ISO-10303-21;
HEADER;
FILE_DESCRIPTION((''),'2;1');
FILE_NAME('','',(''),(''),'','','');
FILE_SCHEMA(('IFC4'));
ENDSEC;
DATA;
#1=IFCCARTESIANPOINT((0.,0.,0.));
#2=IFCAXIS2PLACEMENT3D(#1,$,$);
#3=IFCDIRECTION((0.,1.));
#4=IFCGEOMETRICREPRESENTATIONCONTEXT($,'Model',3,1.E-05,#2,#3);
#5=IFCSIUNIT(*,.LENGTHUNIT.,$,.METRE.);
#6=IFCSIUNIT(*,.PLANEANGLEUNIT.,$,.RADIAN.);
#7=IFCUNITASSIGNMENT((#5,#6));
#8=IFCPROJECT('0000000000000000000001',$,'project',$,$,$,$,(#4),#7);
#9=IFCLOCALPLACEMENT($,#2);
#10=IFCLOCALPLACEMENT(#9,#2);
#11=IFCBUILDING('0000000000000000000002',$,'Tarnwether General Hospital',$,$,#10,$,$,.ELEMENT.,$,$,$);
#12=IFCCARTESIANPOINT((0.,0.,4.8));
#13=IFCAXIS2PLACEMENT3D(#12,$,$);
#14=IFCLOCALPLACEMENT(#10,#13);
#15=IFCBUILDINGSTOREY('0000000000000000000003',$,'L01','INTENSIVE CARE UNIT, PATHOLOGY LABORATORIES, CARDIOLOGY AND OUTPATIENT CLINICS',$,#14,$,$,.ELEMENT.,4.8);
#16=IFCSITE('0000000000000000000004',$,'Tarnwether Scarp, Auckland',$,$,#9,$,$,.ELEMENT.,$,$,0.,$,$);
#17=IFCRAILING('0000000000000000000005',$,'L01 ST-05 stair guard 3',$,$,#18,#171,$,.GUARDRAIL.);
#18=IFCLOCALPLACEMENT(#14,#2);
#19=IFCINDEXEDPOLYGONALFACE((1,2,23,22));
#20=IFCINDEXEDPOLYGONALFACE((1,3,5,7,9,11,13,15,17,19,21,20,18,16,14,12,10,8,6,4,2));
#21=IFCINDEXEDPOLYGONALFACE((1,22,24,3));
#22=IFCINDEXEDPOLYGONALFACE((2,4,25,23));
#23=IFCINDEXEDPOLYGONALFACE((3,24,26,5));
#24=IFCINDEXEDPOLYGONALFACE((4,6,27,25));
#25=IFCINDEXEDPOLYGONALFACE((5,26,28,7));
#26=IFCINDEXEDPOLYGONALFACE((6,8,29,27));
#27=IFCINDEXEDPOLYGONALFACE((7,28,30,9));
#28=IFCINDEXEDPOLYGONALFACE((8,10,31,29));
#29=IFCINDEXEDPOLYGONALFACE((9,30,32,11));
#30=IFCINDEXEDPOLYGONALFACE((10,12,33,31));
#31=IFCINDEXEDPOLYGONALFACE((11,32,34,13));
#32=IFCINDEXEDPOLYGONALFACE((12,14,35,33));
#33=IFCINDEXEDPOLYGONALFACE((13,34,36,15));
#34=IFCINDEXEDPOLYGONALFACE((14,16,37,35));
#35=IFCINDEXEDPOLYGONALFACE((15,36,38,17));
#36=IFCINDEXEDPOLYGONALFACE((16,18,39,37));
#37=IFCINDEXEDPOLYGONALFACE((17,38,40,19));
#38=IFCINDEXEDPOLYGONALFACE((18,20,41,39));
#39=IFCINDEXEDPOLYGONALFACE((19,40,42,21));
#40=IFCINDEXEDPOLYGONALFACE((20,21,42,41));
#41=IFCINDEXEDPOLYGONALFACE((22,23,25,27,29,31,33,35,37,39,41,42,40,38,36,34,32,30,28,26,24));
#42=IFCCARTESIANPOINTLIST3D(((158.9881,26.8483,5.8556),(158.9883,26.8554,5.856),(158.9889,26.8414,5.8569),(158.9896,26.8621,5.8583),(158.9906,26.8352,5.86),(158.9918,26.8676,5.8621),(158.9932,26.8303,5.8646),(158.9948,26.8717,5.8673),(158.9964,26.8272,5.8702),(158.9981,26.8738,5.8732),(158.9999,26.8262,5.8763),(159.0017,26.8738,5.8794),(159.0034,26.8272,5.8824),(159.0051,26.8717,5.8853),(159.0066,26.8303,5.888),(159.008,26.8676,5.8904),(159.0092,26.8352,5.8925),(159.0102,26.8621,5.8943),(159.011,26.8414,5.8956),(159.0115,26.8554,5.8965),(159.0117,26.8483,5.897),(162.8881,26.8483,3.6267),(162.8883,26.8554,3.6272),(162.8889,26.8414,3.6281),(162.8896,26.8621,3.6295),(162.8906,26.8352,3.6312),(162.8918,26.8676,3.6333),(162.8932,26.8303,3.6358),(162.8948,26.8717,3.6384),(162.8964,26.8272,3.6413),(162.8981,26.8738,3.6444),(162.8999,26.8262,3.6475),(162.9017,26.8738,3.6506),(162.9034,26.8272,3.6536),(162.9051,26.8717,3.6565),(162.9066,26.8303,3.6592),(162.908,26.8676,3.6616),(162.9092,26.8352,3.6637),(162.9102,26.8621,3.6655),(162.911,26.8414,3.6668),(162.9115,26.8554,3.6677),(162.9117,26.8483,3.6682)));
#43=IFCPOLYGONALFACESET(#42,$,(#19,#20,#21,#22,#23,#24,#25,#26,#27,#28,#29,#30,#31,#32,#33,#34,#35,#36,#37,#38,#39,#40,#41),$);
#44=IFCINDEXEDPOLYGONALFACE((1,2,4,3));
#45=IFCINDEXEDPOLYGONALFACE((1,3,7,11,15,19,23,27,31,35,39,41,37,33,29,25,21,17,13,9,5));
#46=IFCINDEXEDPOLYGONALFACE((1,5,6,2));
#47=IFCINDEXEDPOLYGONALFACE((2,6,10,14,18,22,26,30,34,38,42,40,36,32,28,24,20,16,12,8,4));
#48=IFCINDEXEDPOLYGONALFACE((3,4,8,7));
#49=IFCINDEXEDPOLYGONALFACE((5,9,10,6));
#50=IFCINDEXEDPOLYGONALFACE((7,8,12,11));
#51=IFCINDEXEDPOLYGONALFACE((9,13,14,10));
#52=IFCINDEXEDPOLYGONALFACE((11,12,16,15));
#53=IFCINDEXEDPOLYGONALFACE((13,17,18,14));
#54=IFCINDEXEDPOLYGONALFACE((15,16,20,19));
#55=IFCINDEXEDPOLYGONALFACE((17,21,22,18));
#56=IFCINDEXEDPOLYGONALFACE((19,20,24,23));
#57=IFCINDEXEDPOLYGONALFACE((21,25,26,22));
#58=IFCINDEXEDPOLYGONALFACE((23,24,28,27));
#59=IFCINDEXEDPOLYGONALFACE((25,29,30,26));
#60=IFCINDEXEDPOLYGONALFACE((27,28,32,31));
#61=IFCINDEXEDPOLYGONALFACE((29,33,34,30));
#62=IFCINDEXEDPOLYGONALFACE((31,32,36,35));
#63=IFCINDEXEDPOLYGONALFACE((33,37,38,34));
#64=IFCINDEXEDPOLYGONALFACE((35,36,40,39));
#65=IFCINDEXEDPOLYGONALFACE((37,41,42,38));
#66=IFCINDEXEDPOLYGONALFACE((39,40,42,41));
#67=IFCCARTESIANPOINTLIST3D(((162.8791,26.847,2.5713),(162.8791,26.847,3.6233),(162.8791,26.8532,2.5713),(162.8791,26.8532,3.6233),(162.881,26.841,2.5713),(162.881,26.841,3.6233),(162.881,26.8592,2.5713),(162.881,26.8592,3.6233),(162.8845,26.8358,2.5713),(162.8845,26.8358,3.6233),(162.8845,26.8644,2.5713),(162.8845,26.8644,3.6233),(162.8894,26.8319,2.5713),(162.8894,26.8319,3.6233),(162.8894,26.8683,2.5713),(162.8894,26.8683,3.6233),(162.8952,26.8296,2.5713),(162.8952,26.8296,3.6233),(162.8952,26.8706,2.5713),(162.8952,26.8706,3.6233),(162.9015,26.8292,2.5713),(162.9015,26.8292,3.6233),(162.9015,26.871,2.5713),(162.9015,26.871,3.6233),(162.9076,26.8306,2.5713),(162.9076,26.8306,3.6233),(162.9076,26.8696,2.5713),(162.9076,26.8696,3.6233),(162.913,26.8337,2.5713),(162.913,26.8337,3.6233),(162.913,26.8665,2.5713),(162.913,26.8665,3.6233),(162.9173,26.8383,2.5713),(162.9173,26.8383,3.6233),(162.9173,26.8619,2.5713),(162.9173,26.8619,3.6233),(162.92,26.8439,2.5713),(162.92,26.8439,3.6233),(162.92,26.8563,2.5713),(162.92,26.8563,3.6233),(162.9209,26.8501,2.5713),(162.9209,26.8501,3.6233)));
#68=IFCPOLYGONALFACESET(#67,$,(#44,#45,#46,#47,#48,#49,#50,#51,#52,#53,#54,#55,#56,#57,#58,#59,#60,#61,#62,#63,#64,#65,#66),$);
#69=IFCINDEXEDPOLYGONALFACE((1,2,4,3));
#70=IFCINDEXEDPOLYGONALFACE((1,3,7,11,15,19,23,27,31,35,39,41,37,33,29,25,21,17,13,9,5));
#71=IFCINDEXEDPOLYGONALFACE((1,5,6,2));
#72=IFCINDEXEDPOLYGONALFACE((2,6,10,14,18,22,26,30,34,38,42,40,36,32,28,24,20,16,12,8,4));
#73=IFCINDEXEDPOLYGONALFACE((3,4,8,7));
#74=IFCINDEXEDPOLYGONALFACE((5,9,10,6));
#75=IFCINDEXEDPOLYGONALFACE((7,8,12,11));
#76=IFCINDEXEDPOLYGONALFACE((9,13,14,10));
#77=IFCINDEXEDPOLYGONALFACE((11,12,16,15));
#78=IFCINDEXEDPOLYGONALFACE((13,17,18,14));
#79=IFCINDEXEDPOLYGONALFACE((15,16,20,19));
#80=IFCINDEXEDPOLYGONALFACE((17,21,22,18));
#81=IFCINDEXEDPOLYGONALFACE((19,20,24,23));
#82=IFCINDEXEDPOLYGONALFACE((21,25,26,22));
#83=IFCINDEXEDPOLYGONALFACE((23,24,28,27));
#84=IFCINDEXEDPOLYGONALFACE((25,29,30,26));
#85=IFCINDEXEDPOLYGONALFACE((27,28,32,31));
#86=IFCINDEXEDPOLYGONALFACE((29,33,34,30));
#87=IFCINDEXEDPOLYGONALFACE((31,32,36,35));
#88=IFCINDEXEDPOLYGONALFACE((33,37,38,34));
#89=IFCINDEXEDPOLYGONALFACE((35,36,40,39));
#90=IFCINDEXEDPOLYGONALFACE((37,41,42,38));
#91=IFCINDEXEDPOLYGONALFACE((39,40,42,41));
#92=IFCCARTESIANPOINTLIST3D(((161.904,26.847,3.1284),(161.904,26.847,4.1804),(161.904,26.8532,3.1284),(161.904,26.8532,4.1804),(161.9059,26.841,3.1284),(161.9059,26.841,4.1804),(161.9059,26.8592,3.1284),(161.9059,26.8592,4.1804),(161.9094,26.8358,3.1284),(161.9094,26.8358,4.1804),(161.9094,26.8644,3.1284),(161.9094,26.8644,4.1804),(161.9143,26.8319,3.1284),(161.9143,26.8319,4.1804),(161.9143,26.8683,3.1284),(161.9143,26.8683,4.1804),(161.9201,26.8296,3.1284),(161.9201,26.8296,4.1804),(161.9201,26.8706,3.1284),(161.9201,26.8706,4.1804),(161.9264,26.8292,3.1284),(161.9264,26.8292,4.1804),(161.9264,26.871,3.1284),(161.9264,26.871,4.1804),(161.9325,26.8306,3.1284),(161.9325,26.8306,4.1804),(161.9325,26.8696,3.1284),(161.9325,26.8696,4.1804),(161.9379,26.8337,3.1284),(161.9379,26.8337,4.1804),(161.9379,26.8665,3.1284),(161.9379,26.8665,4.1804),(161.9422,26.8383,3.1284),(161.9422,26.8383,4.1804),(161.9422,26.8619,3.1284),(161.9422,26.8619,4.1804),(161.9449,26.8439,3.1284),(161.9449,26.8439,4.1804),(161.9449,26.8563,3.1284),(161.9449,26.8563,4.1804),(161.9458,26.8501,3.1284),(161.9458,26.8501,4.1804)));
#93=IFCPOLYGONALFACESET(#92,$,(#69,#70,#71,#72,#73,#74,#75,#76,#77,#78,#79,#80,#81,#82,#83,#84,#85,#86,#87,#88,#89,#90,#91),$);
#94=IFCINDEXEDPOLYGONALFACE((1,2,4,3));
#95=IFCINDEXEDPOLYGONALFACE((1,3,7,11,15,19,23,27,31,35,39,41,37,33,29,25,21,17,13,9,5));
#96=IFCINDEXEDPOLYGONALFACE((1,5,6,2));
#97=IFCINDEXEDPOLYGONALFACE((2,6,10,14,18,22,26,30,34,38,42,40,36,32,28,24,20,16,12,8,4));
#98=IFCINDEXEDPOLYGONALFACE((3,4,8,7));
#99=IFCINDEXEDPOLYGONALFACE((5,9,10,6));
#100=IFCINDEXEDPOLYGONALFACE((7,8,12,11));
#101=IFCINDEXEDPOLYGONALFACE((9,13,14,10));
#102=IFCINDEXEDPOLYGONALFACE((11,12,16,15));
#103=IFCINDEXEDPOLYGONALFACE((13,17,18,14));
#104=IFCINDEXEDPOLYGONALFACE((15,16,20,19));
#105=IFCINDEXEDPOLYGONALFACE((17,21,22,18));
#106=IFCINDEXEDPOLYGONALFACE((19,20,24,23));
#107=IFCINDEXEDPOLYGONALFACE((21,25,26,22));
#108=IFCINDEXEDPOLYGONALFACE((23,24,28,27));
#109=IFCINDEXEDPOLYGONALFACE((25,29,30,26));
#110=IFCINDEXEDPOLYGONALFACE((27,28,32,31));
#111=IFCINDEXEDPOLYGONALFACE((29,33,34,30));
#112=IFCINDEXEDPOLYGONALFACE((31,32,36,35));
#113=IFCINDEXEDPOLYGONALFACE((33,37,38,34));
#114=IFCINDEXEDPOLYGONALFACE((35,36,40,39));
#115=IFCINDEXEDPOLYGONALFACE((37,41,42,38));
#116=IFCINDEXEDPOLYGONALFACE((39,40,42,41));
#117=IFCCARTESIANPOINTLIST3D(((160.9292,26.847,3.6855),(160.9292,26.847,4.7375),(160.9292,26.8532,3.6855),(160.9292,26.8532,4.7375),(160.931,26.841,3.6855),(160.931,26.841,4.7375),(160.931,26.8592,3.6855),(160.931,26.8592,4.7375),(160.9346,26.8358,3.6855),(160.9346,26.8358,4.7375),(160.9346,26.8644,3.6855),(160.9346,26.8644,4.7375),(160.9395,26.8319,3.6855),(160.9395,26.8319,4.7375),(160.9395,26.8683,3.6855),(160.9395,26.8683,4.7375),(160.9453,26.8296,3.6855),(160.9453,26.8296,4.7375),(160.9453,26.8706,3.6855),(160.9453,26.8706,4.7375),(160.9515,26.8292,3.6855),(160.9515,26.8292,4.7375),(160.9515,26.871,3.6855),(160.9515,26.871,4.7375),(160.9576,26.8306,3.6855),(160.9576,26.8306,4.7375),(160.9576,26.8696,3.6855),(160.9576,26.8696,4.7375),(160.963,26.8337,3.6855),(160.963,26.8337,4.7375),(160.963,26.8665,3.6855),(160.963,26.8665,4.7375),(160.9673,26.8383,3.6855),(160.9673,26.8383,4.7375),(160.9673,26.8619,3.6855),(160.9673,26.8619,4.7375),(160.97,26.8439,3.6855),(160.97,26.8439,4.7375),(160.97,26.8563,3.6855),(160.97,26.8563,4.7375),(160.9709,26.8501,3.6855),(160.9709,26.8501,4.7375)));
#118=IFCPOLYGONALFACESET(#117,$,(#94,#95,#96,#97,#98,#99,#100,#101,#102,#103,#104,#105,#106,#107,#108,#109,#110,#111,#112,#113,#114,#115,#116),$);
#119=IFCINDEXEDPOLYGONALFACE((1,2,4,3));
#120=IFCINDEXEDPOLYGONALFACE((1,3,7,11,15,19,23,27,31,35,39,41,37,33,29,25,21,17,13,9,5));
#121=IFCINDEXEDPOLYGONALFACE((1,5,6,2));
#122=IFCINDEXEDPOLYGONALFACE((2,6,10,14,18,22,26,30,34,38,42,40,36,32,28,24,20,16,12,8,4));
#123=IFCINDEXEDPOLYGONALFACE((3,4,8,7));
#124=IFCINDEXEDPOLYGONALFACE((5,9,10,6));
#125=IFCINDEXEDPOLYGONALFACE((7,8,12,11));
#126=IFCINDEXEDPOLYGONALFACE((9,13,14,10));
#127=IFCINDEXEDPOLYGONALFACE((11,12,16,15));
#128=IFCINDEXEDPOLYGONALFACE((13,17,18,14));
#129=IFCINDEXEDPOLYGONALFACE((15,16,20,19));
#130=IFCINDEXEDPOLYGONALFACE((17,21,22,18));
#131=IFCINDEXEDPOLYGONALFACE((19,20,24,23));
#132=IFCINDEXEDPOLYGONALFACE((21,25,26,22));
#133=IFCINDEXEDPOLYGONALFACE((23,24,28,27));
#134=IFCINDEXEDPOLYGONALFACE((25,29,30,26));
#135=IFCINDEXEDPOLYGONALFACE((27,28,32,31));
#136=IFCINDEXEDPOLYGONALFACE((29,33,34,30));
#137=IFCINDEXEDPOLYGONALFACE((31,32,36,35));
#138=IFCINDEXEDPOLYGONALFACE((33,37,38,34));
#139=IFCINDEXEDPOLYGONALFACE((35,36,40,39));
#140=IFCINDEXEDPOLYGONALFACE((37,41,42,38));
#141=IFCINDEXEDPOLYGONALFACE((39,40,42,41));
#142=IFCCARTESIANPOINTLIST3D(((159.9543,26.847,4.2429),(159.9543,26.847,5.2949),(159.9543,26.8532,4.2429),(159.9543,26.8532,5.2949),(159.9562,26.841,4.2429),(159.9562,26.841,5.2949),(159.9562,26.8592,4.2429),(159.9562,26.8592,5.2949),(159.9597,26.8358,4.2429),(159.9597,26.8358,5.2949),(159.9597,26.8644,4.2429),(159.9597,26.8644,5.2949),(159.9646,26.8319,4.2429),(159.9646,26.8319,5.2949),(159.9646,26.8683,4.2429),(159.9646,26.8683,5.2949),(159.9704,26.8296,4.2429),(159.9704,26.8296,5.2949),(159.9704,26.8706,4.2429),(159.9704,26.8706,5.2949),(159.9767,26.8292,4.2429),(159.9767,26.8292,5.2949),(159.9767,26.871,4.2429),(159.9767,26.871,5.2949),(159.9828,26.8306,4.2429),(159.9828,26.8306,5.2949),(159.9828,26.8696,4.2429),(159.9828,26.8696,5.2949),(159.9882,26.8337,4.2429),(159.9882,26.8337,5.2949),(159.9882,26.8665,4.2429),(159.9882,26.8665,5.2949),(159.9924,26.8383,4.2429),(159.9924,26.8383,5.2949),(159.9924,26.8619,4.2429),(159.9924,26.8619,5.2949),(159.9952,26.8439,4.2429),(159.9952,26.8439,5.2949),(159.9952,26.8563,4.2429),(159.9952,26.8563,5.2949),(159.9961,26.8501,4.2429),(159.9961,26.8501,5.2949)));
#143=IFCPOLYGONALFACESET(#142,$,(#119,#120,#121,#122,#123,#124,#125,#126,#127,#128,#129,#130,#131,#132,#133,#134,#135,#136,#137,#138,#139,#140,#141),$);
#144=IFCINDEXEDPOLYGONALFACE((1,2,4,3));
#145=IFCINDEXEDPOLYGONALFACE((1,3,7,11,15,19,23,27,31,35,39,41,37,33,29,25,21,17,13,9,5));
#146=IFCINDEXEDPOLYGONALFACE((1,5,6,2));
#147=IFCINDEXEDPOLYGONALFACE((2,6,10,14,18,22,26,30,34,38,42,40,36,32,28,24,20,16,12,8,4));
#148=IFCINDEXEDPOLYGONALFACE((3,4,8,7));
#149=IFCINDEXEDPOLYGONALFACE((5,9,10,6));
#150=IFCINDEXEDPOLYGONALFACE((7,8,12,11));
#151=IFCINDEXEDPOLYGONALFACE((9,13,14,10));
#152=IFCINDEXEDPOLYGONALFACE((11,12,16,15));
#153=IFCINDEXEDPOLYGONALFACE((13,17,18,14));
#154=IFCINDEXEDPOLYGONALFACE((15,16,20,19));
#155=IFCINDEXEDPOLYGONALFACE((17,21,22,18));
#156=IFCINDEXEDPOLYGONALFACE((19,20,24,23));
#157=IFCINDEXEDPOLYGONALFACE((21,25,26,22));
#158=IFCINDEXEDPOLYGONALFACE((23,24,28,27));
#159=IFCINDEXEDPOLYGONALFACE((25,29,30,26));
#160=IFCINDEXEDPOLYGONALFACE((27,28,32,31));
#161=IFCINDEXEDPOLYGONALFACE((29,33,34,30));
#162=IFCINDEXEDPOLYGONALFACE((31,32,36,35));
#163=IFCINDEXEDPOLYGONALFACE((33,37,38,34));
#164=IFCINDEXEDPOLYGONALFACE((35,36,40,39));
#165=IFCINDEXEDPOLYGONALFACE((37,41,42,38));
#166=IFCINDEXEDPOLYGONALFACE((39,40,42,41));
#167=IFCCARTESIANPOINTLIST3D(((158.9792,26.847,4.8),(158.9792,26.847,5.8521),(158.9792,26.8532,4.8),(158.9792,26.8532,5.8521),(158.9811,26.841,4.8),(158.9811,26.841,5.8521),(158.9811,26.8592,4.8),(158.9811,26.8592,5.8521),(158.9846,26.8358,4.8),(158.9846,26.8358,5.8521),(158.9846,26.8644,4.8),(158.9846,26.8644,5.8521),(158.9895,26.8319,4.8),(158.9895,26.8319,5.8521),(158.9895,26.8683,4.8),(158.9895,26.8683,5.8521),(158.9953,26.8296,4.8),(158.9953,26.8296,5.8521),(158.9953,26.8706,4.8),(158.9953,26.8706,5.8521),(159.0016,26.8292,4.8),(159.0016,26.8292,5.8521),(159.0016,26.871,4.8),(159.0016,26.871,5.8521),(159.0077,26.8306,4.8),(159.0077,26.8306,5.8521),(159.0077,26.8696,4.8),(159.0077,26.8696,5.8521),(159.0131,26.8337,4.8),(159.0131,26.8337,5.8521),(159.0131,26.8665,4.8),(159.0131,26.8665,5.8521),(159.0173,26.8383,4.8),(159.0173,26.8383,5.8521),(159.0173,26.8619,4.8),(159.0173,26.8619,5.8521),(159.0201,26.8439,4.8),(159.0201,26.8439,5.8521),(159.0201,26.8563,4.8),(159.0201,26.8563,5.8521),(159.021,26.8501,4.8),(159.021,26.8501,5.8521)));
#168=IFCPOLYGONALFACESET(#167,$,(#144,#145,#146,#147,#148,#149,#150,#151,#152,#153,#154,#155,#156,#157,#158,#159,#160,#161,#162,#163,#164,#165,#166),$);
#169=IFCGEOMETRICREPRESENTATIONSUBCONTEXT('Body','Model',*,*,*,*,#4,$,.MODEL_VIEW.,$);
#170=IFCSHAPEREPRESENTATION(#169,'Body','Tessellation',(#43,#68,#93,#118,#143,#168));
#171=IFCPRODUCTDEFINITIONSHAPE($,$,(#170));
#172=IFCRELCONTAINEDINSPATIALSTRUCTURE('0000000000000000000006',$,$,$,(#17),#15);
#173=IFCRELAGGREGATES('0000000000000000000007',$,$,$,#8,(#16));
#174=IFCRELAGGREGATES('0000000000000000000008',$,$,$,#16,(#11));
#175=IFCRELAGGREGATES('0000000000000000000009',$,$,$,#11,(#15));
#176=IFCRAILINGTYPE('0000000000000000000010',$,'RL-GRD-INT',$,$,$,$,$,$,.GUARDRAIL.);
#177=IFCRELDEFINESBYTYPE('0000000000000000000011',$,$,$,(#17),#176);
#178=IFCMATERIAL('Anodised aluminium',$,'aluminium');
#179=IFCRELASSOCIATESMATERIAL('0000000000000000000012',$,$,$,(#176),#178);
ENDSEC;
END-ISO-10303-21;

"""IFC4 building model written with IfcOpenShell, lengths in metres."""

from ifc_helpers import new_model, si_unit, direction, frame, origin, origin_2d, place, context, subcontext, project, spatial, circle, extrude, material, type_object, element, save


model = new_model("IFC4")

# Units and contexts
model_context = context("Model", 3, precision=1e-05, world=origin(), true_north=direction((0.0, 1.0)))
body_context = subcontext(model_context, "Body", "Model", "MODEL_VIEW")
ifc_project = project(units=[si_unit("LENGTHUNIT", "METRE"), si_unit("PLANEANGLEUNIT", "RADIAN")], contexts=[model_context])

# Site, building, storey
site_placement = place(None, origin())
site = spatial("IfcSite", under=ifc_project, at=site_placement, Name="Tarnwether Scarp, Auckland", CompositionType="ELEMENT", RefElevation=0.0)
building_placement = place(site_placement, origin())
building = spatial("IfcBuilding", under=site, at=building_placement, Name="Tarnwether General Hospital", CompositionType="ELEMENT")
storey_placement = place(building_placement, frame((0.0, 0.0, 4.8)))
storey = spatial("IfcBuildingStorey", under=building, at=storey_placement, Name="L01", Description="INTENSIVE CARE UNIT, PATHOLOGY LABORATORIES, CARDIOLOGY AND OUTPATIENT CLINICS", CompositionType="ELEMENT", Elevation=4.8)

# Railing
ifc_material_1 = material(Name="Anodised aluminium", Category="aluminium")
railing_type_1 = type_object("IfcRailingType", Name="RL-GRD-INT", PredefinedType="GUARDRAIL", material=ifc_material_1)
railing_1_placement = place(storey_placement, frame((162.8999, 26.8501, 2.5713)))
element("IfcRailing", 1, at=railing_1_placement, inside=storey, type_object=railing_type_1, Name="L01 ST-05 stair guard 3", PredefinedType="GUARDRAIL", context=body_context, shape_type="SweptSolid", body=[
    extrude(circle(Radius=0.0239, at=origin_2d()), frame((0.0, 0.0, 1.0762), z_axis=(-0.86822, 0.0, 0.49618), x_axis=(0.0, -1.0, 0.0)), (0.0, 0.0, 1.0), 4.4919),
    extrude(circle(Radius=0.021, at=origin_2d()), origin(), (0.0, 0.0, 1.0), 1.052),
    extrude(circle(Radius=0.021, at=origin_2d()), frame((-0.9751, 0.0, 0.5571)), (0.0, 0.0, 1.0), 1.052),
    extrude(circle(Radius=0.021, at=origin_2d()), frame((-1.95, 0.0, 1.1143)), (0.0, 0.0, 1.0), 1.052),
    extrude(circle(Radius=0.021, at=origin_2d()), frame((-2.9248, 0.0, 1.6716)), (0.0, 0.0, 1.0), 1.052),
    extrude(circle(Radius=0.021, at=origin_2d()), frame((-3.8999, 0.0, 2.2288)), (0.0, 0.0, 1.0), 1.052),
])

save(model, "model.ifc")
